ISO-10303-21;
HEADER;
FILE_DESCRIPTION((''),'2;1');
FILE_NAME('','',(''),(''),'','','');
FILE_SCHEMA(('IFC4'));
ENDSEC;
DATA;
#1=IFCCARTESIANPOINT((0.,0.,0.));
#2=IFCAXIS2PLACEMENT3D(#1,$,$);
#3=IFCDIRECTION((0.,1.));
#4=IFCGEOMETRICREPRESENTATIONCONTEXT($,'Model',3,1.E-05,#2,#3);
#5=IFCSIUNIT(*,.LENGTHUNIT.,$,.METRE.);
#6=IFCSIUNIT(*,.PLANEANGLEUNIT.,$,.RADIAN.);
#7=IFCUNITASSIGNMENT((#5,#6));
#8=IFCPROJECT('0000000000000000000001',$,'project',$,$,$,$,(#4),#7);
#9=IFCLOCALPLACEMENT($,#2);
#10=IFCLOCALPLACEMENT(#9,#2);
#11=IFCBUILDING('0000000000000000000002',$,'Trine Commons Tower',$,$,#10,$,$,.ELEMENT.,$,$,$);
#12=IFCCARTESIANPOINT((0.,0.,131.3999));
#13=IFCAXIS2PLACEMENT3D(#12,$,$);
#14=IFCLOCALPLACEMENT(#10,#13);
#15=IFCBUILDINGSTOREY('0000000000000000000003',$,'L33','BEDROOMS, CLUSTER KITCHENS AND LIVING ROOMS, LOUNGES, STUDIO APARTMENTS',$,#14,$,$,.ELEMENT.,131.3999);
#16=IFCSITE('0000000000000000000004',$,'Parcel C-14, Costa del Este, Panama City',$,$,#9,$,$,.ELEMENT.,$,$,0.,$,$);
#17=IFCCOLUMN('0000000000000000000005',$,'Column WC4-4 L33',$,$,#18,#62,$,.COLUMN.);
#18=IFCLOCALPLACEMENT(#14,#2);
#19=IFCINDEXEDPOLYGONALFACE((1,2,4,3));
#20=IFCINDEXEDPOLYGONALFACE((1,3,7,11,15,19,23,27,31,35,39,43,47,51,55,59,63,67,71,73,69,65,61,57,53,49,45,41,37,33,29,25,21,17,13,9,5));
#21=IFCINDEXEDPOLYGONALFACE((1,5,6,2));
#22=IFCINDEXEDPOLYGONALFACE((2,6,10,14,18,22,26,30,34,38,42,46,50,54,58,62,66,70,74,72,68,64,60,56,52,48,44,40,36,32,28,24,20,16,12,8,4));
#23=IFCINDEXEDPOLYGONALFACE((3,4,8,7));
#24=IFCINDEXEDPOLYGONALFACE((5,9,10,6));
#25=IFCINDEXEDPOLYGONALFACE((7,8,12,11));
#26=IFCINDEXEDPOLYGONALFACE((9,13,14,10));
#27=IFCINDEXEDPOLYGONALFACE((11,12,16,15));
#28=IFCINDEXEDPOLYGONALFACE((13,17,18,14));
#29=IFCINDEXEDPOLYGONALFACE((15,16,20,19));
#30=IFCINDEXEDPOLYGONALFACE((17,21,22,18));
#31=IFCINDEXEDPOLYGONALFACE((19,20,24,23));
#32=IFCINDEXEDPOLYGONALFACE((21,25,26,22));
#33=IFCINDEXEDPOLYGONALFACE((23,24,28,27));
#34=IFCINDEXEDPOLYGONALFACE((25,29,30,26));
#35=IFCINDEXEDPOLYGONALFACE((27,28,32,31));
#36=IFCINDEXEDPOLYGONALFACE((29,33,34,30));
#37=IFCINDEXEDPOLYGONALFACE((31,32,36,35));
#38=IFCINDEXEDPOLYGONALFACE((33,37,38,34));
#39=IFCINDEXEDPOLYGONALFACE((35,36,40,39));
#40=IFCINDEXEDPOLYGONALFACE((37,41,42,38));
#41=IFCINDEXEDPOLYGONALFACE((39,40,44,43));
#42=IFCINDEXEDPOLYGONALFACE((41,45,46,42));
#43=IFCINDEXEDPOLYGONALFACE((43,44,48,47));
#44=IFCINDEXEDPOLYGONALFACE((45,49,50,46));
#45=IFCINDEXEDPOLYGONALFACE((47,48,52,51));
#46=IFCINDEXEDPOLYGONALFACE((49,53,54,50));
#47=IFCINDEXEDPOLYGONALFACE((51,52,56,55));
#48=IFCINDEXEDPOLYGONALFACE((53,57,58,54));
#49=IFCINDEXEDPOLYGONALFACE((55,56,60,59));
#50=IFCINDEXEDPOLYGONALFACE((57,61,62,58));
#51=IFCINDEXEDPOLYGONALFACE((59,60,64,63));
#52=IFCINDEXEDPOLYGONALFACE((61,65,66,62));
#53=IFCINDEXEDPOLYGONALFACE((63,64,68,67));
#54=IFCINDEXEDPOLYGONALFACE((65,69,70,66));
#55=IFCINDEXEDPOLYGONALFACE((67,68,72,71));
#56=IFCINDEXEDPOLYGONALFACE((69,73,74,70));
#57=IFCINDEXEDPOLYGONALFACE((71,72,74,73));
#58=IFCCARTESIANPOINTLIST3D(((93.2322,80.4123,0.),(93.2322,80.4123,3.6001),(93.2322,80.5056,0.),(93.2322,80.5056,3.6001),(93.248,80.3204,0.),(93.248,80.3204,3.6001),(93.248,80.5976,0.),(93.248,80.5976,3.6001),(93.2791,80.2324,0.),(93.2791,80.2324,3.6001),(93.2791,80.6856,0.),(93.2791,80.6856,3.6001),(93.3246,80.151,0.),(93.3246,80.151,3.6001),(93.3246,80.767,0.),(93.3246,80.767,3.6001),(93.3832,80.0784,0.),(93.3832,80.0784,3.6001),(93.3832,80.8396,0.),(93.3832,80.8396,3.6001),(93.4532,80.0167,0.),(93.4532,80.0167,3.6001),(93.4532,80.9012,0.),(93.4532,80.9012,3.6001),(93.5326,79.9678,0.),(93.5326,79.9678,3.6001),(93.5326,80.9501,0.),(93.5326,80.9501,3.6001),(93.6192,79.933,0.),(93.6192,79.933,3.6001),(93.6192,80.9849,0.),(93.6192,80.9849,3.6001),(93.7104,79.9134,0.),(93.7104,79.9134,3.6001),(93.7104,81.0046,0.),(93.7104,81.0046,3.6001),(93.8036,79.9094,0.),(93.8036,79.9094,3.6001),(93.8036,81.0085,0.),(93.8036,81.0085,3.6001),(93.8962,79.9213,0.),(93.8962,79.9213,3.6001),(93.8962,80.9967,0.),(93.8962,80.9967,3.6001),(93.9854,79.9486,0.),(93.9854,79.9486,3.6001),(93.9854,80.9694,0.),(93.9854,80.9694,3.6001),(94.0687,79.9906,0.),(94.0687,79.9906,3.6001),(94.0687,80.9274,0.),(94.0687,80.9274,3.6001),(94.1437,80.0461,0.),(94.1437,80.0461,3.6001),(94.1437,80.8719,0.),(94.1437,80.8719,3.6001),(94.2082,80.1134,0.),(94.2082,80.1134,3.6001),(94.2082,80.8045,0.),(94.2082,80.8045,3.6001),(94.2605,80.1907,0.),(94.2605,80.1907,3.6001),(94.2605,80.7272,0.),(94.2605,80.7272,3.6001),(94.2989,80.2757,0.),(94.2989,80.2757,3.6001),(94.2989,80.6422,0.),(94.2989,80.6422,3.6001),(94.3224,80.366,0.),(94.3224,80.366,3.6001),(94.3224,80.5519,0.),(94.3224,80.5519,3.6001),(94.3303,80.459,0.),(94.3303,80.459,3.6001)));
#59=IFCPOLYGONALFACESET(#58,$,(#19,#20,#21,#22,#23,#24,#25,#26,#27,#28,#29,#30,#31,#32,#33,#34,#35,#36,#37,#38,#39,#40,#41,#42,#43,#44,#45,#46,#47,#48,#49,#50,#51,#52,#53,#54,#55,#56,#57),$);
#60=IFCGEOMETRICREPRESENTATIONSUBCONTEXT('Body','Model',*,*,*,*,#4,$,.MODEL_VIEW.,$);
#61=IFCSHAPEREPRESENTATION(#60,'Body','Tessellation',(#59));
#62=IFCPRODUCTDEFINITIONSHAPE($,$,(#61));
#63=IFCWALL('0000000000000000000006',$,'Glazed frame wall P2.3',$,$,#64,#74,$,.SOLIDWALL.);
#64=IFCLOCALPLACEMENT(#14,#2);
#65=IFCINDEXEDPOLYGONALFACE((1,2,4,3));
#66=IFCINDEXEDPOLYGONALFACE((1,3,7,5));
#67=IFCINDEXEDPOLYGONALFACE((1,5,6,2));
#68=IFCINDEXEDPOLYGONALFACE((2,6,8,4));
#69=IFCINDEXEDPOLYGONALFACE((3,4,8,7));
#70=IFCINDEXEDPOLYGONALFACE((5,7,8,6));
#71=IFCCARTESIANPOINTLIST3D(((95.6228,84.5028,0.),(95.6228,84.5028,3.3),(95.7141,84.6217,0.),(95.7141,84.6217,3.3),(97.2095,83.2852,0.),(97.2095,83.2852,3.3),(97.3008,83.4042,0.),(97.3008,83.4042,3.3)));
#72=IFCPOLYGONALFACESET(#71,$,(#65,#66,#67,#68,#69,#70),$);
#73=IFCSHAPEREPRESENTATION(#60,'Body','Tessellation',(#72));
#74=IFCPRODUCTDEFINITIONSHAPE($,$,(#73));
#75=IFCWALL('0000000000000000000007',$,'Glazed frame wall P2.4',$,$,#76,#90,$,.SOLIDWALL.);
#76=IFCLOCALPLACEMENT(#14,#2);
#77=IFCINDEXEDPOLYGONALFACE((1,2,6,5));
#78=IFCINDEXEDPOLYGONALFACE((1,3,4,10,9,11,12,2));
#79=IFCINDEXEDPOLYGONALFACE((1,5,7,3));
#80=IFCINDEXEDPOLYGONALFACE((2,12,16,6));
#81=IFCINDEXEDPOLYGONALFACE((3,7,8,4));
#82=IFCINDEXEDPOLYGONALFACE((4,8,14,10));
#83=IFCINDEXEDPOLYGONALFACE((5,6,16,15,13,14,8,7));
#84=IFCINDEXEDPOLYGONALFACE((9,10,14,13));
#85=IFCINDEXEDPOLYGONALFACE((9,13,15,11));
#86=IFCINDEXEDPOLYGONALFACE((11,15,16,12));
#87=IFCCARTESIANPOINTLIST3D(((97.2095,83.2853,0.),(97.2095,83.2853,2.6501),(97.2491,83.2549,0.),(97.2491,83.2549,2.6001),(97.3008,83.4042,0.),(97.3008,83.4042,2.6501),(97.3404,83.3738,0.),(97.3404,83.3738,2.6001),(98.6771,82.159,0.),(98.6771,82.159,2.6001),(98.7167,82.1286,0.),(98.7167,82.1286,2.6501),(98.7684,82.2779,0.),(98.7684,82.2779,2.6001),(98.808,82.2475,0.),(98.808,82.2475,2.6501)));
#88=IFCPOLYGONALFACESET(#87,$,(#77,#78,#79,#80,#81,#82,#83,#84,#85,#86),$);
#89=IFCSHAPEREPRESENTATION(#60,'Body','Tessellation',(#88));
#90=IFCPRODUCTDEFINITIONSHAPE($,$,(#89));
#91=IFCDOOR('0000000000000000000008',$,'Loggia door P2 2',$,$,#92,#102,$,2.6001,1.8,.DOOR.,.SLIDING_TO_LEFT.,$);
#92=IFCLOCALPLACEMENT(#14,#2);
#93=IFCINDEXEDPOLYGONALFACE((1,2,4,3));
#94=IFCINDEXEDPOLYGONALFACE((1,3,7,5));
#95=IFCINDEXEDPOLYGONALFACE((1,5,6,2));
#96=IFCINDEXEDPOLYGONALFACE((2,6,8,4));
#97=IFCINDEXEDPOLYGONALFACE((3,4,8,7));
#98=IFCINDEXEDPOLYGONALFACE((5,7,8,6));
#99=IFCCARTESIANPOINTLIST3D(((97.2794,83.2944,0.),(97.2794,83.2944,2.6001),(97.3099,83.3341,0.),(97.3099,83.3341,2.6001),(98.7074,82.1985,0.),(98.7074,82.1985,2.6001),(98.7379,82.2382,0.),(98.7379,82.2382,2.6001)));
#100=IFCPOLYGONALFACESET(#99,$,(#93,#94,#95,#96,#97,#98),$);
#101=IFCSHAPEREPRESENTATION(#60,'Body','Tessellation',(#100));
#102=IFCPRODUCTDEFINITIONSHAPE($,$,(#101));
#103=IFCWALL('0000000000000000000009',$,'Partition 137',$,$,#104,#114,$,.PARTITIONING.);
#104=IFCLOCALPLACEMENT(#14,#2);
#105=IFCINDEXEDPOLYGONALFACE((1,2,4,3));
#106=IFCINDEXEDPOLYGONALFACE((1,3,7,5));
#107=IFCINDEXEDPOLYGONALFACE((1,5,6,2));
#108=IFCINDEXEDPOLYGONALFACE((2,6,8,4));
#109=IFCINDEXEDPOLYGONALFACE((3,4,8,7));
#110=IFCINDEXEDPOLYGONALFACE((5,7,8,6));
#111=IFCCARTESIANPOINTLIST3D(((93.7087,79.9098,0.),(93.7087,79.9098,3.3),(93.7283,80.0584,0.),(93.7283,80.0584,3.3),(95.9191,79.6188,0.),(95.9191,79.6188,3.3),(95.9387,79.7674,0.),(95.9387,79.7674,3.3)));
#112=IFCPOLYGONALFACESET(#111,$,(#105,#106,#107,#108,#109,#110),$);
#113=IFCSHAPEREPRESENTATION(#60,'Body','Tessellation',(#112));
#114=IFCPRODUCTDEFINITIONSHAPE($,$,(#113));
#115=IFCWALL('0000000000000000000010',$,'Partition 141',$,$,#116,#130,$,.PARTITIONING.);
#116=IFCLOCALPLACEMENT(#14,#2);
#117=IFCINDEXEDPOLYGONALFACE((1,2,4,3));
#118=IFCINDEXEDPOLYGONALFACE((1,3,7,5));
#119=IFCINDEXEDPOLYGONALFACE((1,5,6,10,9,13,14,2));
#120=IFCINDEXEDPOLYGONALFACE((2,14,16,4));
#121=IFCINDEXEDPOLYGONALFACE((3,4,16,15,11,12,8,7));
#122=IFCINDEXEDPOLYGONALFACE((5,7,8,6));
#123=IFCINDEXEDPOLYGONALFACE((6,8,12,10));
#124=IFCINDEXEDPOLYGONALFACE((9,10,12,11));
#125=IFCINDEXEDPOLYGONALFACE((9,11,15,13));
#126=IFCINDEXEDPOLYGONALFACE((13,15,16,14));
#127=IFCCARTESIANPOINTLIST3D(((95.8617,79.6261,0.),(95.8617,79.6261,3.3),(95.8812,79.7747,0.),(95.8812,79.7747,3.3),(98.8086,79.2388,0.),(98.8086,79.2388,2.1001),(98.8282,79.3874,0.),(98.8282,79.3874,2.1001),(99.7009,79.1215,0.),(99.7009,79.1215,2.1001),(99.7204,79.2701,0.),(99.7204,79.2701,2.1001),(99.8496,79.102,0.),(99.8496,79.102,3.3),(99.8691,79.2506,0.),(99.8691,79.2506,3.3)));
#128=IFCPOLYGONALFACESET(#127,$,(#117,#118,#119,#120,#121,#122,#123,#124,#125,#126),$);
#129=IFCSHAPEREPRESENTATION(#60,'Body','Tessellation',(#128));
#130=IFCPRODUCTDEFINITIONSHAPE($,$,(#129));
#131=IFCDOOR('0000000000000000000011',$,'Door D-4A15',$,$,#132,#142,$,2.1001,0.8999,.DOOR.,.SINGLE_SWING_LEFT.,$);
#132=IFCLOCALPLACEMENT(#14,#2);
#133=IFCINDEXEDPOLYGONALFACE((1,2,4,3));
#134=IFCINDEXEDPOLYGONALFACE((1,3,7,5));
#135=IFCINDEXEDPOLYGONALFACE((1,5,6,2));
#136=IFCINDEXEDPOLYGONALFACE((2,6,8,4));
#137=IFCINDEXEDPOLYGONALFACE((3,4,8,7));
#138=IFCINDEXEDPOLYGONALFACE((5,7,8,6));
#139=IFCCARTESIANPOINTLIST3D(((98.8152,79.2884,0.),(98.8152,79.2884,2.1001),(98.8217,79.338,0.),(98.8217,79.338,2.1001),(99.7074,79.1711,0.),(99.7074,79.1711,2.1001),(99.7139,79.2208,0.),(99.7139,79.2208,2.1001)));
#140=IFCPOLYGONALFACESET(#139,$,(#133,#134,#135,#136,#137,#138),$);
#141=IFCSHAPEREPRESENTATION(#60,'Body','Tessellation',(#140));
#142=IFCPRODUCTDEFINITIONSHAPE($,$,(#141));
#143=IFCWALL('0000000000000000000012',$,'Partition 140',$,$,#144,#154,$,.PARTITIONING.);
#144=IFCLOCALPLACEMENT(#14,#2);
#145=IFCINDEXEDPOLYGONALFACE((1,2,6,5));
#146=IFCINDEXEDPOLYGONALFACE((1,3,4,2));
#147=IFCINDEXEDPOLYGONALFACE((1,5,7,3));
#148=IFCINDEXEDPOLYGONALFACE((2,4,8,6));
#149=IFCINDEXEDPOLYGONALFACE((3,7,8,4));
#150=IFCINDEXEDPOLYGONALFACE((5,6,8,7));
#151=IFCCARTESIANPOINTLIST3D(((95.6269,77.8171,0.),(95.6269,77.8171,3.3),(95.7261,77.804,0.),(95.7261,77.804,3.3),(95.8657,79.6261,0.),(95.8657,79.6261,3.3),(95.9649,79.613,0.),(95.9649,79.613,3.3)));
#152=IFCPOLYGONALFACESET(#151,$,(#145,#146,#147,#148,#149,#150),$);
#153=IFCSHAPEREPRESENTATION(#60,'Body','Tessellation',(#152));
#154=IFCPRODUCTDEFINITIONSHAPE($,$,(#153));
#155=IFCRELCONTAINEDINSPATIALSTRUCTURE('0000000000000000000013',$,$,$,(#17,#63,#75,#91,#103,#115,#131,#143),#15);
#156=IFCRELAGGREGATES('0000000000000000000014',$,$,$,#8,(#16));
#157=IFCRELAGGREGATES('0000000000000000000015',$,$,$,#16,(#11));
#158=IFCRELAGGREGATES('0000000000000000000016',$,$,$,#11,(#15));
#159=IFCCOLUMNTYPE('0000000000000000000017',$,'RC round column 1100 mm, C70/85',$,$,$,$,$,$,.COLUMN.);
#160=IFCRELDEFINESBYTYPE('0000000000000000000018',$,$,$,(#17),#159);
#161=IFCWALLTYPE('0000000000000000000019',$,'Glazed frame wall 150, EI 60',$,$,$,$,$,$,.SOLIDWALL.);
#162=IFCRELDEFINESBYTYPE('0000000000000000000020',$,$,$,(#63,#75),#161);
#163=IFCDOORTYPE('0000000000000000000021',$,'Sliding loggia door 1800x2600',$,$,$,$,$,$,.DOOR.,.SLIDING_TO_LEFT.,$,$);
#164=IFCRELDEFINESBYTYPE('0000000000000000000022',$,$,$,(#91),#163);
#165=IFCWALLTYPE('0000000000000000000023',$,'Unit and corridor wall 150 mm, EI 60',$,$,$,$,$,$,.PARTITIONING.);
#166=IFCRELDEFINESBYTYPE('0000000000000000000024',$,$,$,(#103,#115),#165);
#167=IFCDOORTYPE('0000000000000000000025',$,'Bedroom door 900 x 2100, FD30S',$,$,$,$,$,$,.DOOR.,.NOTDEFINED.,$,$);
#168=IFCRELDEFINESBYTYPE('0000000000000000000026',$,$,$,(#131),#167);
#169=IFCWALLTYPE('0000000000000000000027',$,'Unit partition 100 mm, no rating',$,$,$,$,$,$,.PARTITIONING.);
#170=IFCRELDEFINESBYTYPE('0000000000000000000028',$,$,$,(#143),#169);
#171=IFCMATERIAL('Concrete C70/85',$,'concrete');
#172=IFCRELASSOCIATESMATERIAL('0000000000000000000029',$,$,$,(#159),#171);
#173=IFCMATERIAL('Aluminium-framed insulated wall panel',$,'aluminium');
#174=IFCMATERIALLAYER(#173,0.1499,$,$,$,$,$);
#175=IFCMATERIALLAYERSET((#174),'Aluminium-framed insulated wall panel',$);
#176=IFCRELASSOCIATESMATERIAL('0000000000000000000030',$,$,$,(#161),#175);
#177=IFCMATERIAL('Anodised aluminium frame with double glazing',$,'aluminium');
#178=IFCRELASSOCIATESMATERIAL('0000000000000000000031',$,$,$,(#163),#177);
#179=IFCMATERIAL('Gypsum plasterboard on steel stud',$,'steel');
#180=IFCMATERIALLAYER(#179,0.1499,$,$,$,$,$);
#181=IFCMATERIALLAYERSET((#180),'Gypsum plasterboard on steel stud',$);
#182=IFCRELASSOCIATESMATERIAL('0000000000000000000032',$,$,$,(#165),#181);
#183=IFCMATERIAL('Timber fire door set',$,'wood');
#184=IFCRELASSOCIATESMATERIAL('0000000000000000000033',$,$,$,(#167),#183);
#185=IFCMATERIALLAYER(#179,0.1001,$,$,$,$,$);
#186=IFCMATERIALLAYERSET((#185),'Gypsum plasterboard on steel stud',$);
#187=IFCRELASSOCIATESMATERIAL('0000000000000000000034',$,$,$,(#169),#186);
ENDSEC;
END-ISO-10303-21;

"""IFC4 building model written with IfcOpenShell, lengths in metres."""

from ifc_helpers import new_model, si_unit, direction, frame, frame_2d, origin, origin_2d, place, context, subcontext, project, spatial, polyline, rectangle, circle, outline, extrude, material, layer, layer_set, material_profile, profile_set, type_object, element, fill, save


model = new_model("IFC4")

# Units and contexts
model_context = context("Model", 3, precision=1e-05, world=origin(), true_north=direction((0.0, 1.0)))
body_context = subcontext(model_context, "Body", "Model", "MODEL_VIEW")
ifc_project = project(units=[si_unit("LENGTHUNIT", "METRE"), si_unit("PLANEANGLEUNIT", "RADIAN")], contexts=[model_context])

# Site, building, storey
site_placement = place(None, origin())
site = spatial("IfcSite", under=ifc_project, at=site_placement, Name="Parcel C-14, Costa del Este, Panama City", CompositionType="ELEMENT", RefElevation=0.0)
building_placement = place(site_placement, origin())
building = spatial("IfcBuilding", under=site, at=building_placement, Name="Trine Commons Tower", CompositionType="ELEMENT")
storey_placement = place(building_placement, frame((0.0, 0.0, 131.3999)))
storey = spatial("IfcBuildingStorey", under=building, at=storey_placement, Name="L33", Description="BEDROOMS, CLUSTER KITCHENS AND LIVING ROOMS, LOUNGES, STUDIO APARTMENTS", CompositionType="ELEMENT", Elevation=131.3999)

# Column
ifc_material_1 = material(Name="Concrete C70/85", Category="concrete")
ifc_material_profile = material_profile(ifc_material_1, circle(Radius=0.55, at=origin_2d()), Name="RC round 1100")
ifc_profile_set = profile_set([ifc_material_profile], Name="Concrete C70/85")
column_type = type_object("IfcColumnType", Name="RC round column 1100 mm, C70/85", PredefinedType="COLUMN", material=ifc_profile_set)
column_placement = place(storey_placement, frame((93.7803, 80.459, 0.0), z_axis=(0.0, 0.0, 1.0), x_axis=(1.0, 0.0, 0.0)))
element("IfcColumn", 1, at=column_placement, inside=storey, type_object=column_type, Name="Column WC4-4 L33", PredefinedType="COLUMN", context=body_context, shape_type="SweptSolid", body=[
    extrude(circle(Radius=0.55, at=origin_2d()), origin(), (0.0, 0.0, 1.0), 3.6001),
])

# Wall
ifc_material_2 = material(Name="Aluminium-framed insulated wall panel", Category="aluminium")
ifc_layer_1 = layer(ifc_material_2, 0.1499)
ifc_layer_set_1 = layer_set([ifc_layer_1], Name="Aluminium-framed insulated wall panel")
wall_type_1 = type_object("IfcWallType", Name="Glazed frame wall 150, EI 60", PredefinedType="SOLIDWALL", material=ifc_layer_set_1)
wall_1_placement = place(storey_placement, frame((95.6685, 84.5623, 0.0), z_axis=(0.0, 0.0, 1.0), x_axis=(0.793345, -0.608772, 0.0)))
element("IfcWall", 2, at=wall_1_placement, inside=storey, type_object=wall_type_1, Name="Glazed frame wall P2.3", PredefinedType="SOLIDWALL", context=body_context, shape_type="SweptSolid", body=[
    extrude(outline(polyline([(0.0, -0.075), (2.0, -0.075), (2.0, 0.075), (0.0, 0.075), (0.0, -0.075)])), origin(), (0.0, 0.0, 1.0), 3.3),
])

# Wall, opening, door
wall_2_placement = place(storey_placement, frame((97.2551, 83.3447, 0.0), z_axis=(0.0, 0.0, 1.0), x_axis=(0.793321, -0.608804, 0.0)))
wall_2 = element("IfcWall", 3, at=wall_2_placement, inside=storey, type_object=wall_type_1, Name="Glazed frame wall P2.4", PredefinedType="SOLIDWALL", context=body_context, shape_type="SweptSolid", body=[
    extrude(outline(polyline([(0.0, -0.075), (1.8999, -0.075), (1.8999, 0.075), (0.0, 0.075), (0.0, -0.075)])), origin(), (0.0, 0.0, 1.0), 2.6501),
])
opening_1_placement = place(wall_2_placement, frame((0.05, 0.0, 0.0)))
opening_1 = element("IfcOpeningElement", 4, at=opening_1_placement, cuts=wall_2, PredefinedType="OPENING", context=body_context, shape_type="SweptSolid", body=[
    extrude(rectangle(XDim=1.8, YDim=2.6001, at=frame_2d((0.8999, 1.3))), frame((0.0, 0.085, 0.0), z_axis=(0.0, -1.0, 0.0), x_axis=(1.0, 0.0, 0.0)), (0.0, 0.0, 1.0), 0.1699),
])
ifc_material_3 = material(Name="Anodised aluminium frame with double glazing", Category="aluminium")
door_type_1 = type_object("IfcDoorType", Name="Sliding loggia door 1800x2600", OperationType="SLIDING_TO_LEFT", PredefinedType="DOOR", material=ifc_material_3)
door_1_placement = place(opening_1_placement, origin())
door_1 = element("IfcDoor", 5, at=door_1_placement, inside=storey, type_object=door_type_1, Name="Loggia door P2 2", OperationType="SLIDING_TO_LEFT", OverallHeight=2.6001, OverallWidth=1.8, PredefinedType="DOOR", context=body_context, shape_type="SweptSolid", body=[
    extrude(rectangle(XDim=1.8, YDim=2.6001, at=frame_2d((0.8999, 1.3))), frame((0.0, 0.0249, 0.0), z_axis=(0.0, -1.0, 0.0), x_axis=(1.0, 0.0, 0.0)), (0.0, 0.0, 1.0), 0.05),
])
fill(opening_1, door_1)

# Wall
ifc_material_4 = material(Name="Gypsum plasterboard on steel stud", Category="steel")
ifc_layer_2 = layer(ifc_material_4, 0.1499)
ifc_layer_set_2 = layer_set([ifc_layer_2], Name="Gypsum plasterboard on steel stud")
wall_type_2 = type_object("IfcWallType", Name="Unit and corridor wall 150 mm, EI 60", PredefinedType="PARTITIONING", material=ifc_layer_set_2)
wall_3_placement = place(storey_placement, frame((93.7185, 79.9841, 0.0), z_axis=(0.0, 0.0, 1.0), x_axis=(0.991445, -0.130528, 0.0)))
element("IfcWall", 6, at=wall_3_placement, inside=storey, type_object=wall_type_2, Name="Partition 137", PredefinedType="PARTITIONING", context=body_context, shape_type="SweptSolid", body=[
    extrude(rectangle(XDim=2.2295, YDim=0.1499, at=frame_2d((1.1147, 0.0))), origin(), (0.0, 0.0, 1.0), 3.3),
])

# Wall, opening, door
wall_4_placement = place(storey_placement, frame((95.8713, 79.7004, 0.0), z_axis=(0.0, 0.0, 1.0), x_axis=(0.991473, -0.130315, 0.0)))
wall_4 = element("IfcWall", 7, at=wall_4_placement, inside=storey, type_object=wall_type_2, Name="Partition 141", PredefinedType="PARTITIONING", context=body_context, shape_type="SweptSolid", body=[
    extrude(rectangle(XDim=4.0222, YDim=0.1499, at=frame_2d((2.0112, 0.0))), origin(), (0.0, 0.0, 1.0), 3.3),
])
opening_2_placement = place(wall_4_placement, frame((2.9724, 0.0, 0.0)))
opening_2 = element("IfcOpeningElement", 8, at=opening_2_placement, cuts=wall_4, PredefinedType="OPENING", context=body_context, shape_type="SweptSolid", body=[
    extrude(rectangle(XDim=0.8999, YDim=2.1001, at=frame_2d((0.45, 1.05))), frame((0.0, 0.085, 0.0), z_axis=(0.0, -1.0, 0.0), x_axis=(1.0, 0.0, 0.0)), (0.0, 0.0, 1.0), 0.1699),
])
ifc_material_5 = material(Name="Timber fire door set", Category="wood")
door_type_2 = type_object("IfcDoorType", Name="Bedroom door 900 x 2100, FD30S", OperationType="NOTDEFINED", PredefinedType="DOOR", material=ifc_material_5)
door_2_placement = place(opening_2_placement, frame((0.8999, 0.0, 0.0), z_axis=(0.0, 0.0, 1.0), x_axis=(-1.0, 0.0, 0.0)))
door_2 = element("IfcDoor", 9, at=door_2_placement, inside=storey, type_object=door_type_2, Name="Door D-4A15", OperationType="SINGLE_SWING_LEFT", OverallHeight=2.1001, OverallWidth=0.8999, PredefinedType="DOOR", context=body_context, shape_type="SweptSolid", body=[
    extrude(rectangle(XDim=0.8999, YDim=2.1001, at=frame_2d((0.45, 1.05))), frame((0.0, 0.0249, 0.0), z_axis=(0.0, -1.0, 0.0), x_axis=(1.0, 0.0, 0.0)), (0.0, 0.0, 1.0), 0.05),
])
fill(opening_2, door_2)

# Wall
ifc_layer_3 = layer(ifc_material_4, 0.1001)
ifc_layer_set_3 = layer_set([ifc_layer_3], Name="Gypsum plasterboard on steel stud")
wall_type_3 = type_object("IfcWallType", Name="Unit partition 100 mm, no rating", PredefinedType="PARTITIONING", material=ifc_layer_set_3)
wall_5_placement = place(storey_placement, frame((95.6765, 77.8105, 0.0), z_axis=(0.0, 0.0, 1.0), x_axis=(0.130849, 0.991402, 0.0)))
element("IfcWall", 10, at=wall_5_placement, inside=storey, type_object=wall_type_3, Name="Partition 140", PredefinedType="PARTITIONING", context=body_context, shape_type="SweptSolid", body=[
    extrude(rectangle(XDim=1.8247, YDim=0.1001, at=frame_2d((0.9124, 0.0))), origin(), (0.0, 0.0, 1.0), 3.3),
])

save(model, "model.ifc")
